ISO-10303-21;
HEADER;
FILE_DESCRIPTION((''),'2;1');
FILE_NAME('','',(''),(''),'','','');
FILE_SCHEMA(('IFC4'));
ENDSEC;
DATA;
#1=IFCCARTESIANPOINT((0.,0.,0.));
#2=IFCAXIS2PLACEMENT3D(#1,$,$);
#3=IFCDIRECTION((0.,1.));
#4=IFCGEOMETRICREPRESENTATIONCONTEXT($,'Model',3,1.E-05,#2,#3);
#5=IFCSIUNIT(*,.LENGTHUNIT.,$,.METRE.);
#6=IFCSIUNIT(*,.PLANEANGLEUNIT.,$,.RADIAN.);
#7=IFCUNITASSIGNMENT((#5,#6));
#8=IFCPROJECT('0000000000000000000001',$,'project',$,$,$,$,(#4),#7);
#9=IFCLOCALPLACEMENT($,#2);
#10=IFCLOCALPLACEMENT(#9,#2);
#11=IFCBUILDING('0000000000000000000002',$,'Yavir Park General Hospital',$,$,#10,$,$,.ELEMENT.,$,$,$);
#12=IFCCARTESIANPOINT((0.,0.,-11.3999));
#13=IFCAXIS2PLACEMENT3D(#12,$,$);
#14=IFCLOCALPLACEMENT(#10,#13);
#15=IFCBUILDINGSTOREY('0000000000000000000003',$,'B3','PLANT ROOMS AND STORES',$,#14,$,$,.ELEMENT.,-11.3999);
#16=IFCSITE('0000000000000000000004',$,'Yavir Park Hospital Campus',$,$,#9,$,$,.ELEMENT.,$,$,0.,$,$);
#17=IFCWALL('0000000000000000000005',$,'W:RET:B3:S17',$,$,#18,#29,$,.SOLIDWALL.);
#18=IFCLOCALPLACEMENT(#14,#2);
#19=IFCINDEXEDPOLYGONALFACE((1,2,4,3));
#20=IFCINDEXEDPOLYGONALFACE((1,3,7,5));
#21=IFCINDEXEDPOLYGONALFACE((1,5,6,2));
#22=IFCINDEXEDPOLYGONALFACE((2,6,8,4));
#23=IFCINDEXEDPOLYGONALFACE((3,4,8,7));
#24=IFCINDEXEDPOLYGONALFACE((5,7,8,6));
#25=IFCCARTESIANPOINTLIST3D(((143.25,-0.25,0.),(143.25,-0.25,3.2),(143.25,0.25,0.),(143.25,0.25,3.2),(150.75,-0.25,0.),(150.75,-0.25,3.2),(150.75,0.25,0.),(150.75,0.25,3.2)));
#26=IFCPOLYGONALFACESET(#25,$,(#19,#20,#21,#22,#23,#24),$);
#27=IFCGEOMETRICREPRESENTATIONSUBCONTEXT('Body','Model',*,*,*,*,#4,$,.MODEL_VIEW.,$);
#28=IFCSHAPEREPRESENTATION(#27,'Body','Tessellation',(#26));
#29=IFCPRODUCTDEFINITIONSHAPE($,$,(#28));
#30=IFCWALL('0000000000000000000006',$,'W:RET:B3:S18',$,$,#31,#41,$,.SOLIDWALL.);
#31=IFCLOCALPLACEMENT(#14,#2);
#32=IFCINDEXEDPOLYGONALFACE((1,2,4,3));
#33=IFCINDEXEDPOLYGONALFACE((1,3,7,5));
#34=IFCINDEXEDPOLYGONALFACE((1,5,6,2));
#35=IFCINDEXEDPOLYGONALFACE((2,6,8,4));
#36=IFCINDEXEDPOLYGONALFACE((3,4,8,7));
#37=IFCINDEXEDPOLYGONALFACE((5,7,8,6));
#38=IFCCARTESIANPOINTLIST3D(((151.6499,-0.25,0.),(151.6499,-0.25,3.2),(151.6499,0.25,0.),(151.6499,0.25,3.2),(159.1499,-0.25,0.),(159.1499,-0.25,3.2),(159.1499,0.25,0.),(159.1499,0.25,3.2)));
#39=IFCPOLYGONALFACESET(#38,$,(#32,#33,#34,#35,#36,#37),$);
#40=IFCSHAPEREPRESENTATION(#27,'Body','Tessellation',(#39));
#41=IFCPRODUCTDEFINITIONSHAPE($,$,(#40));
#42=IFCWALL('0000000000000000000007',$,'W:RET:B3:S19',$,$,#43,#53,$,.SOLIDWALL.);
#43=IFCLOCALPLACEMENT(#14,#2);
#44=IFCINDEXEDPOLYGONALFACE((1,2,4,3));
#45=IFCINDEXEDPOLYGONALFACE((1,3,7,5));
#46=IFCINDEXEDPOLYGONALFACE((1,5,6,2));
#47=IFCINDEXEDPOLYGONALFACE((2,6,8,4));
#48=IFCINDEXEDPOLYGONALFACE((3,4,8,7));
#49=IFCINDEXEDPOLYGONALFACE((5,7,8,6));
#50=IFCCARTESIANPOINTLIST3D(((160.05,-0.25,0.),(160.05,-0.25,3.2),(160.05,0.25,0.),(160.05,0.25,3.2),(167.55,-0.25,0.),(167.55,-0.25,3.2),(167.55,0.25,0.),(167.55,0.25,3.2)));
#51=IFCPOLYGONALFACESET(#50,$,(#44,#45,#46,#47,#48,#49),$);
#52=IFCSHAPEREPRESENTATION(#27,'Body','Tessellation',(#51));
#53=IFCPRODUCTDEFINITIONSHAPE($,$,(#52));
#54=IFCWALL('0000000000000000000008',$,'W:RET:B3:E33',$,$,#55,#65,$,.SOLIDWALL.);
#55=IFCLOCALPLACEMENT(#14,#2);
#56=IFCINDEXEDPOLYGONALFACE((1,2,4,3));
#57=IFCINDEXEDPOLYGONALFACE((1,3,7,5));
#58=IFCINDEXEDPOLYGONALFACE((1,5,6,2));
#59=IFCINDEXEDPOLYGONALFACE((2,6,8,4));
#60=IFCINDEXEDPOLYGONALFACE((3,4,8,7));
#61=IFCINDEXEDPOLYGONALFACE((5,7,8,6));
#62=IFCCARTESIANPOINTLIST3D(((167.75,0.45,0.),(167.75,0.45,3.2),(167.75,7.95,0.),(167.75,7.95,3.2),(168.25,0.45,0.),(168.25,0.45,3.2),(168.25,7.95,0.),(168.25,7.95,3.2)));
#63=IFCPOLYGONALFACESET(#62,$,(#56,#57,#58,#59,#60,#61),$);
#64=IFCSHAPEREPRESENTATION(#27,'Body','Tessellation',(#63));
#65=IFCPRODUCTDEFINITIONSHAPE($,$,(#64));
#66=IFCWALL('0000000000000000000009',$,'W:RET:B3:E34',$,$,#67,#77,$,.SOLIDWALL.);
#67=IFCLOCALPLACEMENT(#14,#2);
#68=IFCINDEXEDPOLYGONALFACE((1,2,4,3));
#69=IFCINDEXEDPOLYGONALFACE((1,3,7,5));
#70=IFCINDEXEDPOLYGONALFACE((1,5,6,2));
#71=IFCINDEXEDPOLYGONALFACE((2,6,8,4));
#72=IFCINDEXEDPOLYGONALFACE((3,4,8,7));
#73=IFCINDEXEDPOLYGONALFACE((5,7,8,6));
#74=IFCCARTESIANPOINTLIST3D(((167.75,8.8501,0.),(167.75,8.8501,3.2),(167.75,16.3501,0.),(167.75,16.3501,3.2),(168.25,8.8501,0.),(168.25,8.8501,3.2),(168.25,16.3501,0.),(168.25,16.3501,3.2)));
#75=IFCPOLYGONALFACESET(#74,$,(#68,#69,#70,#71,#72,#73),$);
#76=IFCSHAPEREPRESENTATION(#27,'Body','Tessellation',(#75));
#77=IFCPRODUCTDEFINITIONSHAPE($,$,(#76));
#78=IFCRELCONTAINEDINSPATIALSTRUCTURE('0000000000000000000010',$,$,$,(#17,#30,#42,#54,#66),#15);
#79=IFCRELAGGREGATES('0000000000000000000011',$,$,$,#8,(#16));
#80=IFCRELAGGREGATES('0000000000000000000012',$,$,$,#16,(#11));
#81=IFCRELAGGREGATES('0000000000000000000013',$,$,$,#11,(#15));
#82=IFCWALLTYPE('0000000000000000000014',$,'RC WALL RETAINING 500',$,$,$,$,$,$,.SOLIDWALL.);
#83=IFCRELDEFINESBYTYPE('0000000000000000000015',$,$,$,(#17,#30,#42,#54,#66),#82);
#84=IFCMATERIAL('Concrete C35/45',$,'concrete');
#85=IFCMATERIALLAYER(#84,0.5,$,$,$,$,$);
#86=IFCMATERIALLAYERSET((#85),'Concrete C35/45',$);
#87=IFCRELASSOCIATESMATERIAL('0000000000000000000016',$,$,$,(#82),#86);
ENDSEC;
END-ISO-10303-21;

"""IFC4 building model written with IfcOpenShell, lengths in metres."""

from ifc_helpers import new_model, si_unit, direction, frame, frame_2d, origin, place, context, subcontext, project, spatial, rectangle, extrude, material, layer, layer_set, type_object, element, save


model = new_model("IFC4")

# Units and contexts
model_context = context("Model", 3, precision=1e-05, world=origin(), true_north=direction((0.0, 1.0)))
body_context = subcontext(model_context, "Body", "Model", "MODEL_VIEW")
ifc_project = project(units=[si_unit("LENGTHUNIT", "METRE"), si_unit("PLANEANGLEUNIT", "RADIAN")], contexts=[model_context])

# Site, building, storey
site_placement = place(None, origin())
site = spatial("IfcSite", under=ifc_project, at=site_placement, Name="Yavir Park Hospital Campus", CompositionType="ELEMENT", RefElevation=0.0)
building_placement = place(site_placement, origin())
building = spatial("IfcBuilding", under=site, at=building_placement, Name="Yavir Park General Hospital", CompositionType="ELEMENT")
storey_placement = place(building_placement, frame((0.0, 0.0, -11.3999)))
storey = spatial("IfcBuildingStorey", under=building, at=storey_placement, Name="B3", Description="PLANT ROOMS AND STORES", CompositionType="ELEMENT", Elevation=-11.3999)

# Walls
ifc_material_1 = material(Name="Concrete C35/45", Category="concrete")
ifc_layer_1 = layer(ifc_material_1, 0.5)
ifc_layer_set_1 = layer_set([ifc_layer_1], Name="Concrete C35/45")
wall_type_1 = type_object("IfcWallType", Name="RC WALL RETAINING 500", PredefinedType="SOLIDWALL", material=ifc_layer_set_1)
for number, where, z_axis, x_axis, name in (
    (1, (143.25, 0.0, 0.0), (0.0, 0.0, 1.0), (1.0, 0.0, 0.0), "W:RET:B3:S17"),
    (2, (151.6499, 0.0, 0.0), (0.0, 0.0, 1.0), (1.0, 0.0, 0.0), "W:RET:B3:S18"),
    (3, (160.05, 0.0, 0.0), (0.0, 0.0, 1.0), (1.0, 0.0, 0.0), "W:RET:B3:S19"),
    (4, (168.0, 0.45, 0.0), (0.0, 0.0, 1.0), (0.0, 1.0, 0.0), "W:RET:B3:E33"),
    (5, (168.0, 8.8501, 0.0), (0.0, 0.0, 1.0), (0.0, 1.0, 0.0), "W:RET:B3:E34"),
):
    element("IfcWall", number, at=place(storey_placement, frame(where, z_axis=z_axis, x_axis=x_axis)), inside=storey, type_object=wall_type_1, Name=name, PredefinedType="SOLIDWALL", context=body_context, shape_type="SweptSolid", body=[
        extrude(rectangle(XDim=7.5, YDim=0.5, at=frame_2d((3.75, 0.0))), origin(), (0.0, 0.0, 1.0), 3.2),
    ])

save(model, "model.ifc")
